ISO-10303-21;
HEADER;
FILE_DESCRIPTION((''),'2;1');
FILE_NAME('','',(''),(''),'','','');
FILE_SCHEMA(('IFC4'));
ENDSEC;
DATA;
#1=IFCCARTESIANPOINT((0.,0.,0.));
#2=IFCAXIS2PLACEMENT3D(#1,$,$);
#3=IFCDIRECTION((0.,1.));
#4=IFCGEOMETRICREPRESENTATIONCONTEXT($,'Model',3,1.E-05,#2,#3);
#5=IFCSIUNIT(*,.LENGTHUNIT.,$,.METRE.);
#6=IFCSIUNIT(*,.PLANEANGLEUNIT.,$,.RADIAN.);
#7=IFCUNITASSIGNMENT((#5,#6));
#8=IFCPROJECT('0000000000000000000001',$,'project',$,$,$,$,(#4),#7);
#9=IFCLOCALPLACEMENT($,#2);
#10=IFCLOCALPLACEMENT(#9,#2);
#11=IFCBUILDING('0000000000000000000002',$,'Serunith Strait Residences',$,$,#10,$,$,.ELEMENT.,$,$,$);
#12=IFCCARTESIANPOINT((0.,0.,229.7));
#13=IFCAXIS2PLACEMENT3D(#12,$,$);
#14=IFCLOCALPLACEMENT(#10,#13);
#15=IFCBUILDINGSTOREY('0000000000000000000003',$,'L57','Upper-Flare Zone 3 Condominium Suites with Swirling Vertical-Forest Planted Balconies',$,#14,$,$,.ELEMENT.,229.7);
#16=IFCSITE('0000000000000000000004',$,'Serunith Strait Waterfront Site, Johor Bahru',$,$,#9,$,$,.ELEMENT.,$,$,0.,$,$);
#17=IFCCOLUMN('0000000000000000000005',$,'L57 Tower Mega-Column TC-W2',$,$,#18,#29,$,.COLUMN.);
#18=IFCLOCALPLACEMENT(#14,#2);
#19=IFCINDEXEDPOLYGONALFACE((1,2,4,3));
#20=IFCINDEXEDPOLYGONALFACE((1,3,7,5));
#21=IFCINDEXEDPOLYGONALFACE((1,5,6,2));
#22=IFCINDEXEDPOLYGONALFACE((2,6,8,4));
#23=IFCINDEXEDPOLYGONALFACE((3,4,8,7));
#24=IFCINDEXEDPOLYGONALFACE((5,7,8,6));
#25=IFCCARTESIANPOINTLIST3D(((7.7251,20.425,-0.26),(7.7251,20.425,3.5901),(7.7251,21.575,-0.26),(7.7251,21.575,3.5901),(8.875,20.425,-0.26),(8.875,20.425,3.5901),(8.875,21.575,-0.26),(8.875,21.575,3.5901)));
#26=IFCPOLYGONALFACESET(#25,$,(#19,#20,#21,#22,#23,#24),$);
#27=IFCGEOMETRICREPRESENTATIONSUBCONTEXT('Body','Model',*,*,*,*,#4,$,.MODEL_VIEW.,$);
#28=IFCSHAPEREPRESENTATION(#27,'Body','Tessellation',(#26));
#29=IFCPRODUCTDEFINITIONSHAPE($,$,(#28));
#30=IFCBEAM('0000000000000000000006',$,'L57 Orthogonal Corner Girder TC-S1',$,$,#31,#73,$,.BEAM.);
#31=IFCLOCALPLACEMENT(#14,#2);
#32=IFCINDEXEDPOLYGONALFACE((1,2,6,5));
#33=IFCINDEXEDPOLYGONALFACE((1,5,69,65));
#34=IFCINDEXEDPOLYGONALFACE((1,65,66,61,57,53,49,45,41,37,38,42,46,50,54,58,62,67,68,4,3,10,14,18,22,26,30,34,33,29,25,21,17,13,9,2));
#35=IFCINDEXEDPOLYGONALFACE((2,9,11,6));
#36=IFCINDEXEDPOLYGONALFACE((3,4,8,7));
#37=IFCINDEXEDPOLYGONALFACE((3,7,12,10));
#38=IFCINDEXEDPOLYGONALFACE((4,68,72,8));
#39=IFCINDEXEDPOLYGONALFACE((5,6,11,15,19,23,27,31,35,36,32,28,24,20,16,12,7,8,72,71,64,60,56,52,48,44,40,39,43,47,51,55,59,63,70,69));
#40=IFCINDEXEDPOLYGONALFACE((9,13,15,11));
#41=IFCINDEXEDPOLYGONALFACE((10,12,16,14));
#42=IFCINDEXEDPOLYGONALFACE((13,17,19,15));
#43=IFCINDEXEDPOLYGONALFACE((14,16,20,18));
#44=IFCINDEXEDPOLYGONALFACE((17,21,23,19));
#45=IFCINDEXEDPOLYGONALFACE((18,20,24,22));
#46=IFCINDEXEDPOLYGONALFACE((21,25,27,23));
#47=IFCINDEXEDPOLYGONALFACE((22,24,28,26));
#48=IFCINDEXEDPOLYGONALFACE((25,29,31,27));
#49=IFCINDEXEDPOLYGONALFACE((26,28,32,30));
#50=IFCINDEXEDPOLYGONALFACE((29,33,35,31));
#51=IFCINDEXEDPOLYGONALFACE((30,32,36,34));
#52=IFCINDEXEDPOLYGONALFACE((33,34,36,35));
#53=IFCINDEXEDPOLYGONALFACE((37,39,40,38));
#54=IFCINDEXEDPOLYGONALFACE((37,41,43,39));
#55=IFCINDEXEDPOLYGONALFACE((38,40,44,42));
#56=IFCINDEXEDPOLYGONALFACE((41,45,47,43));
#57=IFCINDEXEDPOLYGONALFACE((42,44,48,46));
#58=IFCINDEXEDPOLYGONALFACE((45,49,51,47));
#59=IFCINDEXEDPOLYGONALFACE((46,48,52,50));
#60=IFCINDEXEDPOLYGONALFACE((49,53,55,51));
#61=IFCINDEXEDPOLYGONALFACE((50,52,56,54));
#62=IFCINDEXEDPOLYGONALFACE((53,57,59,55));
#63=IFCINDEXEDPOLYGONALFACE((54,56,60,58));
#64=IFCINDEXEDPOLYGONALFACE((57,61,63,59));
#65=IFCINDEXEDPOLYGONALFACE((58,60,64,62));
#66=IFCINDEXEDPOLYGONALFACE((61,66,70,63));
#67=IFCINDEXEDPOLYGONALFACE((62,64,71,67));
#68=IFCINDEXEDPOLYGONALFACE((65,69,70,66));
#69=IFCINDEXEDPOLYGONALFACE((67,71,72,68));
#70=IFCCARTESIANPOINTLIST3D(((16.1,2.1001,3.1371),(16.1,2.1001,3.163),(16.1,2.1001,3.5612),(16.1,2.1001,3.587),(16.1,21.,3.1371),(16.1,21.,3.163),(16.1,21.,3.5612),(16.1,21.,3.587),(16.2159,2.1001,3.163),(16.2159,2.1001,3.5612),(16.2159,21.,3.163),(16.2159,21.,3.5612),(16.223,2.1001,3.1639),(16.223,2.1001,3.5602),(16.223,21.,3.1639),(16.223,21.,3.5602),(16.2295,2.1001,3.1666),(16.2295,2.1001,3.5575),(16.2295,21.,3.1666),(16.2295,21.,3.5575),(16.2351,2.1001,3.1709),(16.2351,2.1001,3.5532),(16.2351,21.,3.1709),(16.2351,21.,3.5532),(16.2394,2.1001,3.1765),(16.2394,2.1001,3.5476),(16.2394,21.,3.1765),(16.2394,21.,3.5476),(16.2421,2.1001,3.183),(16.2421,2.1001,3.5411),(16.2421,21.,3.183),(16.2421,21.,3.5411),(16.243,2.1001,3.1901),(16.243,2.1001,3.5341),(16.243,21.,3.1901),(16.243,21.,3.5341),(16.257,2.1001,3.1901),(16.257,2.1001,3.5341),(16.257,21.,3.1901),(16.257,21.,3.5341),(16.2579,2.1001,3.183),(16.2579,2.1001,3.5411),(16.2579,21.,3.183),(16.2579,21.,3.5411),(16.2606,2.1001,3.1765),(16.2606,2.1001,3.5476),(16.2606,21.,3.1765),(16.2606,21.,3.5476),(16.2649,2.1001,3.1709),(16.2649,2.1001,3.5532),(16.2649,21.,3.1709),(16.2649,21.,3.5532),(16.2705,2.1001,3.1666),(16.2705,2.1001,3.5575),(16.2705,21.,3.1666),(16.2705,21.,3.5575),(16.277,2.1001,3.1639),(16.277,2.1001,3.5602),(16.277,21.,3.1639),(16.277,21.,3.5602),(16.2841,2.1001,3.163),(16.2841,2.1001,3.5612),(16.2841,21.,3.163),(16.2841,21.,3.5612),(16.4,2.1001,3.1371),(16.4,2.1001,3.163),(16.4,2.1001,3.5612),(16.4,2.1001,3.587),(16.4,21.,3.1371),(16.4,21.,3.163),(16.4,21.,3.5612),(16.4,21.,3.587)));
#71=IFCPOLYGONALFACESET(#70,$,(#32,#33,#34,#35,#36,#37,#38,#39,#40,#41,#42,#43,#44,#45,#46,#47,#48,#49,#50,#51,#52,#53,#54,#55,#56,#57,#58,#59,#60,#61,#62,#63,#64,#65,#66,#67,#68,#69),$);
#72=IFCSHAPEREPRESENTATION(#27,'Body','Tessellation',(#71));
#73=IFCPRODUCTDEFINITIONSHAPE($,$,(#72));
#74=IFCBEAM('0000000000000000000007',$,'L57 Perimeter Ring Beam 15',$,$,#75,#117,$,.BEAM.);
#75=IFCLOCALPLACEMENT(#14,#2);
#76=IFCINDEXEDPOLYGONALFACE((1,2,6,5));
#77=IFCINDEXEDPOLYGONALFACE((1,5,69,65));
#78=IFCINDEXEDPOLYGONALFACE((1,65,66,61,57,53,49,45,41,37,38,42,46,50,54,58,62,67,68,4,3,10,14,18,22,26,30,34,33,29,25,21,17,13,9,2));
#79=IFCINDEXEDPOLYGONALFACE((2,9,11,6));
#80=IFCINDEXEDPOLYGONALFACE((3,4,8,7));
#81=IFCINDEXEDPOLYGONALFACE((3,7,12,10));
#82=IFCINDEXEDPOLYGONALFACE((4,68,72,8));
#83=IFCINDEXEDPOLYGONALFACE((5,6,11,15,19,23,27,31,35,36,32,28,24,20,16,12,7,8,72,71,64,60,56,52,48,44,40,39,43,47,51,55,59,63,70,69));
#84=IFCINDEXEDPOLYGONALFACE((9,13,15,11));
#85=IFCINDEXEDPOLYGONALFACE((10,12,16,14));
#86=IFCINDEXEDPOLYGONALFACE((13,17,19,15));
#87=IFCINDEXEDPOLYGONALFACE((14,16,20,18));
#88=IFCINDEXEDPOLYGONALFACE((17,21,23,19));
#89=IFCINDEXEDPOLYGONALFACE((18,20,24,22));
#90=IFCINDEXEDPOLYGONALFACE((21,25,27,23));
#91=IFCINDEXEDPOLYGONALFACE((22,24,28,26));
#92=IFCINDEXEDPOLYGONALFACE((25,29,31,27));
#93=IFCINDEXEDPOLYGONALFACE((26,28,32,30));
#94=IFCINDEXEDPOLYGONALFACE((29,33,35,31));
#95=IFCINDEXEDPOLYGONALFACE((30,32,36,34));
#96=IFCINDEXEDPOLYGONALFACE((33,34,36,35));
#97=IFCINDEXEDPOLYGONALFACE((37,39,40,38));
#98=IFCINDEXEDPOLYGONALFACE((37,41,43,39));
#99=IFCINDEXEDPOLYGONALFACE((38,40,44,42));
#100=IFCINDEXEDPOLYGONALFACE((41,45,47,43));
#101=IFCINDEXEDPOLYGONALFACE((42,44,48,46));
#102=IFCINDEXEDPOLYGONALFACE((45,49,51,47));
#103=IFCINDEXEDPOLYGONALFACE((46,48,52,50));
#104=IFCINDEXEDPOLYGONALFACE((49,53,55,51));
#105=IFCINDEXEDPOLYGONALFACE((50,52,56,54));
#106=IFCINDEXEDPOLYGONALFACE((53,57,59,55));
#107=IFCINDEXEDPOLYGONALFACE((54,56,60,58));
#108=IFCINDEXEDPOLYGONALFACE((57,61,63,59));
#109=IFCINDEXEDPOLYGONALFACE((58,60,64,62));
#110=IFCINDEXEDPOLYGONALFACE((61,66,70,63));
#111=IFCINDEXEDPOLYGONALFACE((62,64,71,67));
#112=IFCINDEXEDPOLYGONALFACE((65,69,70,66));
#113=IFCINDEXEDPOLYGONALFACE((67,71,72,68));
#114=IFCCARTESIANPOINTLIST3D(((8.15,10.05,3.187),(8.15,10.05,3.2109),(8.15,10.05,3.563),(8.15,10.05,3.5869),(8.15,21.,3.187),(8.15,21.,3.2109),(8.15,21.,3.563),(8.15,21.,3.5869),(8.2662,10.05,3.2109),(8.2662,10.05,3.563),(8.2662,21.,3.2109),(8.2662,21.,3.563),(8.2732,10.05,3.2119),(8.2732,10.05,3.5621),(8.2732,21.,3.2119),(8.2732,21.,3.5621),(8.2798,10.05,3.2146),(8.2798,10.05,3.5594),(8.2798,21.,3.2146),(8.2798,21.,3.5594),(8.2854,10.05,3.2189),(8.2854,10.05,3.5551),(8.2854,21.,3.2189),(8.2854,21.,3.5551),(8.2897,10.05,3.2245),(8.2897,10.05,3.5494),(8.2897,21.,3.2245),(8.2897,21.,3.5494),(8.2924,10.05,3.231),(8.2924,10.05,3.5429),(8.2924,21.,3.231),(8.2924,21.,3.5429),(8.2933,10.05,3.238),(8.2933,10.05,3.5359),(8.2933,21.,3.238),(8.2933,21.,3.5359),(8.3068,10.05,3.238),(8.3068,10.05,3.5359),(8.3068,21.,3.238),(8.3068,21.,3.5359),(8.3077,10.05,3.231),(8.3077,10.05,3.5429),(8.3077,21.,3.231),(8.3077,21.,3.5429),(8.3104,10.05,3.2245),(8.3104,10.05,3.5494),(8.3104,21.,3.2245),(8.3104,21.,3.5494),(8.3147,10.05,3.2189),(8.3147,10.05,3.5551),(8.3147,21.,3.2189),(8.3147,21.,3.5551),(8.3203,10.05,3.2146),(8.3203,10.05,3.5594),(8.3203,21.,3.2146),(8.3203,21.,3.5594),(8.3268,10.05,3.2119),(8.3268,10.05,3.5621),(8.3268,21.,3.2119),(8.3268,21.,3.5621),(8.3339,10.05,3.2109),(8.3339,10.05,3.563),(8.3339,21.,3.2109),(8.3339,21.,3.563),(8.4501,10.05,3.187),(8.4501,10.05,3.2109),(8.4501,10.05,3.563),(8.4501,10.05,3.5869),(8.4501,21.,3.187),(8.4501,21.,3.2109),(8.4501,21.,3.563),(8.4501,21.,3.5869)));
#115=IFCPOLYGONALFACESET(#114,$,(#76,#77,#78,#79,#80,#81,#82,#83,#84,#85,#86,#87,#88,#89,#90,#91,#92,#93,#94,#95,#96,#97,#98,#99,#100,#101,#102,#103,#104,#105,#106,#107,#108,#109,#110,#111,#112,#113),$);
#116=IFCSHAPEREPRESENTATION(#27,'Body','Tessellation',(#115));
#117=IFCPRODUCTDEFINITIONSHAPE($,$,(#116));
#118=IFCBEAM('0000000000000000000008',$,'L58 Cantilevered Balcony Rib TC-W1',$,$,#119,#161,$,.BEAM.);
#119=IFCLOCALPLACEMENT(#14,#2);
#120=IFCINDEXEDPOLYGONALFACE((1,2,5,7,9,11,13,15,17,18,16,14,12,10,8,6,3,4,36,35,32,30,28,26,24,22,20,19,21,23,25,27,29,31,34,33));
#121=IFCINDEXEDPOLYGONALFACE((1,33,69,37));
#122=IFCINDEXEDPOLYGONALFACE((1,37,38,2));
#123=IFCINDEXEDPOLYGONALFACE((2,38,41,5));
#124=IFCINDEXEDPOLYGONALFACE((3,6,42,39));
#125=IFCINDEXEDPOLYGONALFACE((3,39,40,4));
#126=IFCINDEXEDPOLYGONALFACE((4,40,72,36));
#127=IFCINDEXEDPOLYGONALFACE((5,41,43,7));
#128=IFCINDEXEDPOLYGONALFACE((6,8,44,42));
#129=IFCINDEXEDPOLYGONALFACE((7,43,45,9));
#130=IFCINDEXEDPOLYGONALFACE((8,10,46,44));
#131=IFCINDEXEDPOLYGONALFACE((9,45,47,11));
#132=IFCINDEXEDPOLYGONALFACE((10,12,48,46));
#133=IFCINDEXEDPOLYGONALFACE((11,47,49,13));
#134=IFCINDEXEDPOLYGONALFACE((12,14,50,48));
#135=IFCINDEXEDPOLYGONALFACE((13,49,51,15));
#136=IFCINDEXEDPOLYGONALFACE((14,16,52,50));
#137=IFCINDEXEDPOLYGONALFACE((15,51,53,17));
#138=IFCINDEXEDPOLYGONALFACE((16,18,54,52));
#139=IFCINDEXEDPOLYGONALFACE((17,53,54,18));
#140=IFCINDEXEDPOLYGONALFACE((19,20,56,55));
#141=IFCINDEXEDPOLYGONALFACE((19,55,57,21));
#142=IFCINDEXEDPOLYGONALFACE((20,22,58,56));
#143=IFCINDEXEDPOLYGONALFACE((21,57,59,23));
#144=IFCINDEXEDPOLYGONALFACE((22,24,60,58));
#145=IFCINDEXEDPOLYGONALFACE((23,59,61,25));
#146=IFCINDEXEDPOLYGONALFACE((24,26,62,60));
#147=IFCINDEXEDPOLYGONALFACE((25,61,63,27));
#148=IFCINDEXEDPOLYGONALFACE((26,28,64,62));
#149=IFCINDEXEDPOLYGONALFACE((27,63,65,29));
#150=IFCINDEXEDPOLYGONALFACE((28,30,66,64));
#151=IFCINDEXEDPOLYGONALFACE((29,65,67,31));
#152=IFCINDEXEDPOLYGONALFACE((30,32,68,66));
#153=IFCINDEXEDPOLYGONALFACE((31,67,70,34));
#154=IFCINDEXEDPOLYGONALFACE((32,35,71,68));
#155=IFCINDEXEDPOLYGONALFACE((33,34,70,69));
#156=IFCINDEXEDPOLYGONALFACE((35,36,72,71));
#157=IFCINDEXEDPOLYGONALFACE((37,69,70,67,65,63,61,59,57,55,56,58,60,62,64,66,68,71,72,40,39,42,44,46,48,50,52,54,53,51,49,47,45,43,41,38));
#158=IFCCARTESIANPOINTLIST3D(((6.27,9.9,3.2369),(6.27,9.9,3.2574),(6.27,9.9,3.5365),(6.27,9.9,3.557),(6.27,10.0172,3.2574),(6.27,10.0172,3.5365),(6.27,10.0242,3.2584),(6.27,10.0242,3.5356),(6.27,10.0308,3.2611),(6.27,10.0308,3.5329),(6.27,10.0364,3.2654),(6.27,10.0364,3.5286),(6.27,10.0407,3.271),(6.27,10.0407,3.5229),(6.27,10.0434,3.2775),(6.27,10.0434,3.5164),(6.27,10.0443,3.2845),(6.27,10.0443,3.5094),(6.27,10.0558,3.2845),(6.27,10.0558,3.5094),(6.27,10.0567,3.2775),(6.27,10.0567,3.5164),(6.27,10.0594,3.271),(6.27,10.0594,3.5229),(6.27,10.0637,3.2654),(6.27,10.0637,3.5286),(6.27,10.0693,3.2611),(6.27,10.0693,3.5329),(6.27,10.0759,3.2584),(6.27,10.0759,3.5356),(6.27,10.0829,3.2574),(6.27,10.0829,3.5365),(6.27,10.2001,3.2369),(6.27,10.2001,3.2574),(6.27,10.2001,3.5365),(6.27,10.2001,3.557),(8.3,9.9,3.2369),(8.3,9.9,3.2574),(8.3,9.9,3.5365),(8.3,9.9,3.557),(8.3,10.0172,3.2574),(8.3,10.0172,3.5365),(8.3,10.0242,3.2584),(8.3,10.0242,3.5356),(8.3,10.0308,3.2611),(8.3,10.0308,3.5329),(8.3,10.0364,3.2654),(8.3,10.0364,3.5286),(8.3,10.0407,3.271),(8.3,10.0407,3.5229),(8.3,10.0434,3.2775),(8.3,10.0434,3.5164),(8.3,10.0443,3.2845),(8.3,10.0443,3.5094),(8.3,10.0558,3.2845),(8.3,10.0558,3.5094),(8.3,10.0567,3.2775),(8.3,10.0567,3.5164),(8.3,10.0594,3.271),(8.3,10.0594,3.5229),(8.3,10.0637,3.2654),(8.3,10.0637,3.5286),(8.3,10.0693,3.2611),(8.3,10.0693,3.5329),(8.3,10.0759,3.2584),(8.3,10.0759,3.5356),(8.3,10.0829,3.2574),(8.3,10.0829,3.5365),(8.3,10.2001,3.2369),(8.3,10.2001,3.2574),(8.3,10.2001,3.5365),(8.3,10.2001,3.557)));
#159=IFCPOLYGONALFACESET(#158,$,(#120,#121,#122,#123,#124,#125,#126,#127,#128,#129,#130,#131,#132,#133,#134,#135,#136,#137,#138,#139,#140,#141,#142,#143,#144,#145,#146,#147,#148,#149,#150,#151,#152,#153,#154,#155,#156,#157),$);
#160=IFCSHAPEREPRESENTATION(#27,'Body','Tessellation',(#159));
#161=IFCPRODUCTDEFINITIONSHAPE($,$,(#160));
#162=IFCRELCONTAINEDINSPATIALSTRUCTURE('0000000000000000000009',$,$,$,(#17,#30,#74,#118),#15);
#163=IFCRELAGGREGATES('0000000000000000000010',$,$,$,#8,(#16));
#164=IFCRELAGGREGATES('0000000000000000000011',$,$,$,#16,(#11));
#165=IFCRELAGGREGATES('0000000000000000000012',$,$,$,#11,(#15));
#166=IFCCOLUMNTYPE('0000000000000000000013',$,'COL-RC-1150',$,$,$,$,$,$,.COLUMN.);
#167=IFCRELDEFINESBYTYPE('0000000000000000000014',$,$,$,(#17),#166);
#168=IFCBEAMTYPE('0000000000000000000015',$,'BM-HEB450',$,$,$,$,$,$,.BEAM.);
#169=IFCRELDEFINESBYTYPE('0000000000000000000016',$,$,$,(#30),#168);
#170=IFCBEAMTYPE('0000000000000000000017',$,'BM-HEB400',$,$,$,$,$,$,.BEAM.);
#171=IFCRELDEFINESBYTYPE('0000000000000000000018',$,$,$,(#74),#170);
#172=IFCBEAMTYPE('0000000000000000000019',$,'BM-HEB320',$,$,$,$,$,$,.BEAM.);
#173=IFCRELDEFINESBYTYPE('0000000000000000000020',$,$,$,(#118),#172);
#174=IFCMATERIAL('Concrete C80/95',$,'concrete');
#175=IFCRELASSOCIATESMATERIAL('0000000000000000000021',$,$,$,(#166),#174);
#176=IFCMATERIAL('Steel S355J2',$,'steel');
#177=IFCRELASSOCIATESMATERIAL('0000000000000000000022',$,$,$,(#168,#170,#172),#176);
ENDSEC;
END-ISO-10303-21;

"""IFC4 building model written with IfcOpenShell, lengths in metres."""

from ifc_helpers import new_model, si_unit, direction, frame, origin, origin_2d, place, context, subcontext, project, spatial, rectangle, i_section, extrude, source, transform, mapped, material, material_profile, profile_set, type_object, element, save


model = new_model("IFC4")

# Units and contexts
model_context = context("Model", 3, precision=1e-05, world=origin(), true_north=direction((0.0, 1.0)))
body_context = subcontext(model_context, "Body", "Model", "MODEL_VIEW")
ifc_project = project(units=[si_unit("LENGTHUNIT", "METRE"), si_unit("PLANEANGLEUNIT", "RADIAN")], contexts=[model_context])

# Site, building, storey
site_placement = place(None, origin())
site = spatial("IfcSite", under=ifc_project, at=site_placement, Name="Serunith Strait Waterfront Site, Johor Bahru", CompositionType="ELEMENT", RefElevation=0.0)
building_placement = place(site_placement, origin())
building = spatial("IfcBuilding", under=site, at=building_placement, Name="Serunith Strait Residences", CompositionType="ELEMENT")
storey_placement = place(building_placement, frame((0.0, 0.0, 229.7)))
storey = spatial("IfcBuildingStorey", under=building, at=storey_placement, Name="L57", Description="Upper-Flare Zone 3 Condominium Suites with Swirling Vertical-Forest Planted Balconies", CompositionType="ELEMENT", Elevation=229.7)

# Column
ifc_material_1 = material(Name="Concrete C80/95", Category="concrete")
ifc_material_profile_1 = material_profile(ifc_material_1, rectangle(XDim=1.1499, YDim=1.1499, at=origin_2d()), Name="RC 1150x1150")
ifc_profile_set_1 = profile_set([ifc_material_profile_1], Name="Concrete C80/95")
column_type = type_object("IfcColumnType", Name="COL-RC-1150", PredefinedType="COLUMN", material=ifc_profile_set_1)
shared_shape_1 = source(origin(), body_context, "Body", "SweptSolid", [
    extrude(rectangle(XDim=1.1499, YDim=1.1499, at=origin_2d()), origin(), (0.0, 0.0, 1.0), 3.8501),
])
column_placement = place(storey_placement, frame((8.3, 21.0, -0.26), z_axis=(0.0, 0.0, 1.0), x_axis=(1.0, 0.0, 0.0)))
element("IfcColumn", 1, at=column_placement, inside=storey, type_object=column_type, Name="L57 Tower Mega-Column TC-W2", PredefinedType="COLUMN", context=body_context, shape_type="MappedRepresentation", body=[
    mapped(shared_shape_1, transform((0.0, 0.0, 0.0), scale=1.0)),
])

# Beams
ifc_material_2 = material(Name="Steel S355J2", Category="steel")
ifc_material_profile_2 = material_profile(ifc_material_2, i_section(OverallWidth=0.3, OverallDepth=0.45, WebThickness=0.0139, FlangeThickness=0.0259, FilletRadius=0.0271, at=origin_2d()), Name="HEB 450")
ifc_profile_set_2 = profile_set([ifc_material_profile_2], Name="Steel S355J2")
beam_type_1 = type_object("IfcBeamType", Name="BM-HEB450", PredefinedType="BEAM", material=ifc_profile_set_2)
shared_shape_2 = source(origin(), body_context, "Body", "SweptSolid", [
    extrude(i_section(OverallWidth=0.3, OverallDepth=0.45, WebThickness=0.0139, FlangeThickness=0.0259, FilletRadius=0.0271, at=origin_2d()), origin(), (0.0, 0.0, 1.0), 18.8999),
])
beam_1_placement = place(storey_placement, frame((16.25, 21.0, 3.3621), z_axis=(0.0, -1.0, 0.0), x_axis=(1.0, 0.0, 0.0)))
element("IfcBeam", 2, at=beam_1_placement, inside=storey, type_object=beam_type_1, Name="L57 Orthogonal Corner Girder TC-S1", PredefinedType="BEAM", context=body_context, shape_type="MappedRepresentation", body=[
    mapped(shared_shape_2, transform((0.0, 0.0, 0.0), scale=1.0)),
])
ifc_material_profile_3 = material_profile(ifc_material_2, i_section(OverallWidth=0.3, OverallDepth=0.3999, WebThickness=0.0134, FlangeThickness=0.0239, FilletRadius=0.0271, at=origin_2d()), Name="HEB 400")
ifc_profile_set_3 = profile_set([ifc_material_profile_3], Name="Steel S355J2")
beam_type_2 = type_object("IfcBeamType", Name="BM-HEB400", PredefinedType="BEAM", material=ifc_profile_set_3)
shared_shape_3 = source(origin(), body_context, "Body", "SweptSolid", [
    extrude(i_section(OverallWidth=0.3, OverallDepth=0.3999, WebThickness=0.0134, FlangeThickness=0.0239, FilletRadius=0.0271, at=origin_2d()), origin(), (0.0, 0.0, 1.0), 10.95),
])
beam_2_placement = place(storey_placement, frame((8.3, 21.0, 3.387), z_axis=(0.0, -1.0, 0.0), x_axis=(1.0, 0.0, 0.0)))
element("IfcBeam", 3, at=beam_2_placement, inside=storey, type_object=beam_type_2, Name="L57 Perimeter Ring Beam 15", PredefinedType="BEAM", context=body_context, shape_type="MappedRepresentation", body=[
    mapped(shared_shape_3, transform((0.0, 0.0, 0.0), scale=1.0)),
])
ifc_material_profile_4 = material_profile(ifc_material_2, i_section(OverallWidth=0.3, OverallDepth=0.3201, WebThickness=0.0115, FlangeThickness=0.0205, FilletRadius=0.0271, at=origin_2d()), Name="HEB 320")
ifc_profile_set_4 = profile_set([ifc_material_profile_4], Name="Steel S355J2")
beam_type_3 = type_object("IfcBeamType", Name="BM-HEB320", PredefinedType="BEAM", material=ifc_profile_set_4)
shared_shape_4 = source(origin(), body_context, "Body", "SweptSolid", [
    extrude(i_section(OverallWidth=0.3, OverallDepth=0.3201, WebThickness=0.0115, FlangeThickness=0.0205, FilletRadius=0.0271, at=origin_2d()), origin(), (0.0, 0.0, 1.0), 2.03),
])
for number, where, z_axis, x_axis, name in (
    (4, (8.3, 10.05, 3.397), (-1.0, 0.0, 0.0), (0.0, -1.0, 0.0), "L58 Cantilevered Balcony Rib TC-W1"),
):
    element("IfcBeam", number, at=place(storey_placement, frame(where, z_axis=z_axis, x_axis=x_axis)), inside=storey, type_object=beam_type_3, Name=name, PredefinedType="BEAM", context=body_context, shape_type="MappedRepresentation", body=[
        mapped(shared_shape_4, transform((0.0, 0.0, 0.0), scale=1.0)),
    ])

save(model, "model.ifc")
